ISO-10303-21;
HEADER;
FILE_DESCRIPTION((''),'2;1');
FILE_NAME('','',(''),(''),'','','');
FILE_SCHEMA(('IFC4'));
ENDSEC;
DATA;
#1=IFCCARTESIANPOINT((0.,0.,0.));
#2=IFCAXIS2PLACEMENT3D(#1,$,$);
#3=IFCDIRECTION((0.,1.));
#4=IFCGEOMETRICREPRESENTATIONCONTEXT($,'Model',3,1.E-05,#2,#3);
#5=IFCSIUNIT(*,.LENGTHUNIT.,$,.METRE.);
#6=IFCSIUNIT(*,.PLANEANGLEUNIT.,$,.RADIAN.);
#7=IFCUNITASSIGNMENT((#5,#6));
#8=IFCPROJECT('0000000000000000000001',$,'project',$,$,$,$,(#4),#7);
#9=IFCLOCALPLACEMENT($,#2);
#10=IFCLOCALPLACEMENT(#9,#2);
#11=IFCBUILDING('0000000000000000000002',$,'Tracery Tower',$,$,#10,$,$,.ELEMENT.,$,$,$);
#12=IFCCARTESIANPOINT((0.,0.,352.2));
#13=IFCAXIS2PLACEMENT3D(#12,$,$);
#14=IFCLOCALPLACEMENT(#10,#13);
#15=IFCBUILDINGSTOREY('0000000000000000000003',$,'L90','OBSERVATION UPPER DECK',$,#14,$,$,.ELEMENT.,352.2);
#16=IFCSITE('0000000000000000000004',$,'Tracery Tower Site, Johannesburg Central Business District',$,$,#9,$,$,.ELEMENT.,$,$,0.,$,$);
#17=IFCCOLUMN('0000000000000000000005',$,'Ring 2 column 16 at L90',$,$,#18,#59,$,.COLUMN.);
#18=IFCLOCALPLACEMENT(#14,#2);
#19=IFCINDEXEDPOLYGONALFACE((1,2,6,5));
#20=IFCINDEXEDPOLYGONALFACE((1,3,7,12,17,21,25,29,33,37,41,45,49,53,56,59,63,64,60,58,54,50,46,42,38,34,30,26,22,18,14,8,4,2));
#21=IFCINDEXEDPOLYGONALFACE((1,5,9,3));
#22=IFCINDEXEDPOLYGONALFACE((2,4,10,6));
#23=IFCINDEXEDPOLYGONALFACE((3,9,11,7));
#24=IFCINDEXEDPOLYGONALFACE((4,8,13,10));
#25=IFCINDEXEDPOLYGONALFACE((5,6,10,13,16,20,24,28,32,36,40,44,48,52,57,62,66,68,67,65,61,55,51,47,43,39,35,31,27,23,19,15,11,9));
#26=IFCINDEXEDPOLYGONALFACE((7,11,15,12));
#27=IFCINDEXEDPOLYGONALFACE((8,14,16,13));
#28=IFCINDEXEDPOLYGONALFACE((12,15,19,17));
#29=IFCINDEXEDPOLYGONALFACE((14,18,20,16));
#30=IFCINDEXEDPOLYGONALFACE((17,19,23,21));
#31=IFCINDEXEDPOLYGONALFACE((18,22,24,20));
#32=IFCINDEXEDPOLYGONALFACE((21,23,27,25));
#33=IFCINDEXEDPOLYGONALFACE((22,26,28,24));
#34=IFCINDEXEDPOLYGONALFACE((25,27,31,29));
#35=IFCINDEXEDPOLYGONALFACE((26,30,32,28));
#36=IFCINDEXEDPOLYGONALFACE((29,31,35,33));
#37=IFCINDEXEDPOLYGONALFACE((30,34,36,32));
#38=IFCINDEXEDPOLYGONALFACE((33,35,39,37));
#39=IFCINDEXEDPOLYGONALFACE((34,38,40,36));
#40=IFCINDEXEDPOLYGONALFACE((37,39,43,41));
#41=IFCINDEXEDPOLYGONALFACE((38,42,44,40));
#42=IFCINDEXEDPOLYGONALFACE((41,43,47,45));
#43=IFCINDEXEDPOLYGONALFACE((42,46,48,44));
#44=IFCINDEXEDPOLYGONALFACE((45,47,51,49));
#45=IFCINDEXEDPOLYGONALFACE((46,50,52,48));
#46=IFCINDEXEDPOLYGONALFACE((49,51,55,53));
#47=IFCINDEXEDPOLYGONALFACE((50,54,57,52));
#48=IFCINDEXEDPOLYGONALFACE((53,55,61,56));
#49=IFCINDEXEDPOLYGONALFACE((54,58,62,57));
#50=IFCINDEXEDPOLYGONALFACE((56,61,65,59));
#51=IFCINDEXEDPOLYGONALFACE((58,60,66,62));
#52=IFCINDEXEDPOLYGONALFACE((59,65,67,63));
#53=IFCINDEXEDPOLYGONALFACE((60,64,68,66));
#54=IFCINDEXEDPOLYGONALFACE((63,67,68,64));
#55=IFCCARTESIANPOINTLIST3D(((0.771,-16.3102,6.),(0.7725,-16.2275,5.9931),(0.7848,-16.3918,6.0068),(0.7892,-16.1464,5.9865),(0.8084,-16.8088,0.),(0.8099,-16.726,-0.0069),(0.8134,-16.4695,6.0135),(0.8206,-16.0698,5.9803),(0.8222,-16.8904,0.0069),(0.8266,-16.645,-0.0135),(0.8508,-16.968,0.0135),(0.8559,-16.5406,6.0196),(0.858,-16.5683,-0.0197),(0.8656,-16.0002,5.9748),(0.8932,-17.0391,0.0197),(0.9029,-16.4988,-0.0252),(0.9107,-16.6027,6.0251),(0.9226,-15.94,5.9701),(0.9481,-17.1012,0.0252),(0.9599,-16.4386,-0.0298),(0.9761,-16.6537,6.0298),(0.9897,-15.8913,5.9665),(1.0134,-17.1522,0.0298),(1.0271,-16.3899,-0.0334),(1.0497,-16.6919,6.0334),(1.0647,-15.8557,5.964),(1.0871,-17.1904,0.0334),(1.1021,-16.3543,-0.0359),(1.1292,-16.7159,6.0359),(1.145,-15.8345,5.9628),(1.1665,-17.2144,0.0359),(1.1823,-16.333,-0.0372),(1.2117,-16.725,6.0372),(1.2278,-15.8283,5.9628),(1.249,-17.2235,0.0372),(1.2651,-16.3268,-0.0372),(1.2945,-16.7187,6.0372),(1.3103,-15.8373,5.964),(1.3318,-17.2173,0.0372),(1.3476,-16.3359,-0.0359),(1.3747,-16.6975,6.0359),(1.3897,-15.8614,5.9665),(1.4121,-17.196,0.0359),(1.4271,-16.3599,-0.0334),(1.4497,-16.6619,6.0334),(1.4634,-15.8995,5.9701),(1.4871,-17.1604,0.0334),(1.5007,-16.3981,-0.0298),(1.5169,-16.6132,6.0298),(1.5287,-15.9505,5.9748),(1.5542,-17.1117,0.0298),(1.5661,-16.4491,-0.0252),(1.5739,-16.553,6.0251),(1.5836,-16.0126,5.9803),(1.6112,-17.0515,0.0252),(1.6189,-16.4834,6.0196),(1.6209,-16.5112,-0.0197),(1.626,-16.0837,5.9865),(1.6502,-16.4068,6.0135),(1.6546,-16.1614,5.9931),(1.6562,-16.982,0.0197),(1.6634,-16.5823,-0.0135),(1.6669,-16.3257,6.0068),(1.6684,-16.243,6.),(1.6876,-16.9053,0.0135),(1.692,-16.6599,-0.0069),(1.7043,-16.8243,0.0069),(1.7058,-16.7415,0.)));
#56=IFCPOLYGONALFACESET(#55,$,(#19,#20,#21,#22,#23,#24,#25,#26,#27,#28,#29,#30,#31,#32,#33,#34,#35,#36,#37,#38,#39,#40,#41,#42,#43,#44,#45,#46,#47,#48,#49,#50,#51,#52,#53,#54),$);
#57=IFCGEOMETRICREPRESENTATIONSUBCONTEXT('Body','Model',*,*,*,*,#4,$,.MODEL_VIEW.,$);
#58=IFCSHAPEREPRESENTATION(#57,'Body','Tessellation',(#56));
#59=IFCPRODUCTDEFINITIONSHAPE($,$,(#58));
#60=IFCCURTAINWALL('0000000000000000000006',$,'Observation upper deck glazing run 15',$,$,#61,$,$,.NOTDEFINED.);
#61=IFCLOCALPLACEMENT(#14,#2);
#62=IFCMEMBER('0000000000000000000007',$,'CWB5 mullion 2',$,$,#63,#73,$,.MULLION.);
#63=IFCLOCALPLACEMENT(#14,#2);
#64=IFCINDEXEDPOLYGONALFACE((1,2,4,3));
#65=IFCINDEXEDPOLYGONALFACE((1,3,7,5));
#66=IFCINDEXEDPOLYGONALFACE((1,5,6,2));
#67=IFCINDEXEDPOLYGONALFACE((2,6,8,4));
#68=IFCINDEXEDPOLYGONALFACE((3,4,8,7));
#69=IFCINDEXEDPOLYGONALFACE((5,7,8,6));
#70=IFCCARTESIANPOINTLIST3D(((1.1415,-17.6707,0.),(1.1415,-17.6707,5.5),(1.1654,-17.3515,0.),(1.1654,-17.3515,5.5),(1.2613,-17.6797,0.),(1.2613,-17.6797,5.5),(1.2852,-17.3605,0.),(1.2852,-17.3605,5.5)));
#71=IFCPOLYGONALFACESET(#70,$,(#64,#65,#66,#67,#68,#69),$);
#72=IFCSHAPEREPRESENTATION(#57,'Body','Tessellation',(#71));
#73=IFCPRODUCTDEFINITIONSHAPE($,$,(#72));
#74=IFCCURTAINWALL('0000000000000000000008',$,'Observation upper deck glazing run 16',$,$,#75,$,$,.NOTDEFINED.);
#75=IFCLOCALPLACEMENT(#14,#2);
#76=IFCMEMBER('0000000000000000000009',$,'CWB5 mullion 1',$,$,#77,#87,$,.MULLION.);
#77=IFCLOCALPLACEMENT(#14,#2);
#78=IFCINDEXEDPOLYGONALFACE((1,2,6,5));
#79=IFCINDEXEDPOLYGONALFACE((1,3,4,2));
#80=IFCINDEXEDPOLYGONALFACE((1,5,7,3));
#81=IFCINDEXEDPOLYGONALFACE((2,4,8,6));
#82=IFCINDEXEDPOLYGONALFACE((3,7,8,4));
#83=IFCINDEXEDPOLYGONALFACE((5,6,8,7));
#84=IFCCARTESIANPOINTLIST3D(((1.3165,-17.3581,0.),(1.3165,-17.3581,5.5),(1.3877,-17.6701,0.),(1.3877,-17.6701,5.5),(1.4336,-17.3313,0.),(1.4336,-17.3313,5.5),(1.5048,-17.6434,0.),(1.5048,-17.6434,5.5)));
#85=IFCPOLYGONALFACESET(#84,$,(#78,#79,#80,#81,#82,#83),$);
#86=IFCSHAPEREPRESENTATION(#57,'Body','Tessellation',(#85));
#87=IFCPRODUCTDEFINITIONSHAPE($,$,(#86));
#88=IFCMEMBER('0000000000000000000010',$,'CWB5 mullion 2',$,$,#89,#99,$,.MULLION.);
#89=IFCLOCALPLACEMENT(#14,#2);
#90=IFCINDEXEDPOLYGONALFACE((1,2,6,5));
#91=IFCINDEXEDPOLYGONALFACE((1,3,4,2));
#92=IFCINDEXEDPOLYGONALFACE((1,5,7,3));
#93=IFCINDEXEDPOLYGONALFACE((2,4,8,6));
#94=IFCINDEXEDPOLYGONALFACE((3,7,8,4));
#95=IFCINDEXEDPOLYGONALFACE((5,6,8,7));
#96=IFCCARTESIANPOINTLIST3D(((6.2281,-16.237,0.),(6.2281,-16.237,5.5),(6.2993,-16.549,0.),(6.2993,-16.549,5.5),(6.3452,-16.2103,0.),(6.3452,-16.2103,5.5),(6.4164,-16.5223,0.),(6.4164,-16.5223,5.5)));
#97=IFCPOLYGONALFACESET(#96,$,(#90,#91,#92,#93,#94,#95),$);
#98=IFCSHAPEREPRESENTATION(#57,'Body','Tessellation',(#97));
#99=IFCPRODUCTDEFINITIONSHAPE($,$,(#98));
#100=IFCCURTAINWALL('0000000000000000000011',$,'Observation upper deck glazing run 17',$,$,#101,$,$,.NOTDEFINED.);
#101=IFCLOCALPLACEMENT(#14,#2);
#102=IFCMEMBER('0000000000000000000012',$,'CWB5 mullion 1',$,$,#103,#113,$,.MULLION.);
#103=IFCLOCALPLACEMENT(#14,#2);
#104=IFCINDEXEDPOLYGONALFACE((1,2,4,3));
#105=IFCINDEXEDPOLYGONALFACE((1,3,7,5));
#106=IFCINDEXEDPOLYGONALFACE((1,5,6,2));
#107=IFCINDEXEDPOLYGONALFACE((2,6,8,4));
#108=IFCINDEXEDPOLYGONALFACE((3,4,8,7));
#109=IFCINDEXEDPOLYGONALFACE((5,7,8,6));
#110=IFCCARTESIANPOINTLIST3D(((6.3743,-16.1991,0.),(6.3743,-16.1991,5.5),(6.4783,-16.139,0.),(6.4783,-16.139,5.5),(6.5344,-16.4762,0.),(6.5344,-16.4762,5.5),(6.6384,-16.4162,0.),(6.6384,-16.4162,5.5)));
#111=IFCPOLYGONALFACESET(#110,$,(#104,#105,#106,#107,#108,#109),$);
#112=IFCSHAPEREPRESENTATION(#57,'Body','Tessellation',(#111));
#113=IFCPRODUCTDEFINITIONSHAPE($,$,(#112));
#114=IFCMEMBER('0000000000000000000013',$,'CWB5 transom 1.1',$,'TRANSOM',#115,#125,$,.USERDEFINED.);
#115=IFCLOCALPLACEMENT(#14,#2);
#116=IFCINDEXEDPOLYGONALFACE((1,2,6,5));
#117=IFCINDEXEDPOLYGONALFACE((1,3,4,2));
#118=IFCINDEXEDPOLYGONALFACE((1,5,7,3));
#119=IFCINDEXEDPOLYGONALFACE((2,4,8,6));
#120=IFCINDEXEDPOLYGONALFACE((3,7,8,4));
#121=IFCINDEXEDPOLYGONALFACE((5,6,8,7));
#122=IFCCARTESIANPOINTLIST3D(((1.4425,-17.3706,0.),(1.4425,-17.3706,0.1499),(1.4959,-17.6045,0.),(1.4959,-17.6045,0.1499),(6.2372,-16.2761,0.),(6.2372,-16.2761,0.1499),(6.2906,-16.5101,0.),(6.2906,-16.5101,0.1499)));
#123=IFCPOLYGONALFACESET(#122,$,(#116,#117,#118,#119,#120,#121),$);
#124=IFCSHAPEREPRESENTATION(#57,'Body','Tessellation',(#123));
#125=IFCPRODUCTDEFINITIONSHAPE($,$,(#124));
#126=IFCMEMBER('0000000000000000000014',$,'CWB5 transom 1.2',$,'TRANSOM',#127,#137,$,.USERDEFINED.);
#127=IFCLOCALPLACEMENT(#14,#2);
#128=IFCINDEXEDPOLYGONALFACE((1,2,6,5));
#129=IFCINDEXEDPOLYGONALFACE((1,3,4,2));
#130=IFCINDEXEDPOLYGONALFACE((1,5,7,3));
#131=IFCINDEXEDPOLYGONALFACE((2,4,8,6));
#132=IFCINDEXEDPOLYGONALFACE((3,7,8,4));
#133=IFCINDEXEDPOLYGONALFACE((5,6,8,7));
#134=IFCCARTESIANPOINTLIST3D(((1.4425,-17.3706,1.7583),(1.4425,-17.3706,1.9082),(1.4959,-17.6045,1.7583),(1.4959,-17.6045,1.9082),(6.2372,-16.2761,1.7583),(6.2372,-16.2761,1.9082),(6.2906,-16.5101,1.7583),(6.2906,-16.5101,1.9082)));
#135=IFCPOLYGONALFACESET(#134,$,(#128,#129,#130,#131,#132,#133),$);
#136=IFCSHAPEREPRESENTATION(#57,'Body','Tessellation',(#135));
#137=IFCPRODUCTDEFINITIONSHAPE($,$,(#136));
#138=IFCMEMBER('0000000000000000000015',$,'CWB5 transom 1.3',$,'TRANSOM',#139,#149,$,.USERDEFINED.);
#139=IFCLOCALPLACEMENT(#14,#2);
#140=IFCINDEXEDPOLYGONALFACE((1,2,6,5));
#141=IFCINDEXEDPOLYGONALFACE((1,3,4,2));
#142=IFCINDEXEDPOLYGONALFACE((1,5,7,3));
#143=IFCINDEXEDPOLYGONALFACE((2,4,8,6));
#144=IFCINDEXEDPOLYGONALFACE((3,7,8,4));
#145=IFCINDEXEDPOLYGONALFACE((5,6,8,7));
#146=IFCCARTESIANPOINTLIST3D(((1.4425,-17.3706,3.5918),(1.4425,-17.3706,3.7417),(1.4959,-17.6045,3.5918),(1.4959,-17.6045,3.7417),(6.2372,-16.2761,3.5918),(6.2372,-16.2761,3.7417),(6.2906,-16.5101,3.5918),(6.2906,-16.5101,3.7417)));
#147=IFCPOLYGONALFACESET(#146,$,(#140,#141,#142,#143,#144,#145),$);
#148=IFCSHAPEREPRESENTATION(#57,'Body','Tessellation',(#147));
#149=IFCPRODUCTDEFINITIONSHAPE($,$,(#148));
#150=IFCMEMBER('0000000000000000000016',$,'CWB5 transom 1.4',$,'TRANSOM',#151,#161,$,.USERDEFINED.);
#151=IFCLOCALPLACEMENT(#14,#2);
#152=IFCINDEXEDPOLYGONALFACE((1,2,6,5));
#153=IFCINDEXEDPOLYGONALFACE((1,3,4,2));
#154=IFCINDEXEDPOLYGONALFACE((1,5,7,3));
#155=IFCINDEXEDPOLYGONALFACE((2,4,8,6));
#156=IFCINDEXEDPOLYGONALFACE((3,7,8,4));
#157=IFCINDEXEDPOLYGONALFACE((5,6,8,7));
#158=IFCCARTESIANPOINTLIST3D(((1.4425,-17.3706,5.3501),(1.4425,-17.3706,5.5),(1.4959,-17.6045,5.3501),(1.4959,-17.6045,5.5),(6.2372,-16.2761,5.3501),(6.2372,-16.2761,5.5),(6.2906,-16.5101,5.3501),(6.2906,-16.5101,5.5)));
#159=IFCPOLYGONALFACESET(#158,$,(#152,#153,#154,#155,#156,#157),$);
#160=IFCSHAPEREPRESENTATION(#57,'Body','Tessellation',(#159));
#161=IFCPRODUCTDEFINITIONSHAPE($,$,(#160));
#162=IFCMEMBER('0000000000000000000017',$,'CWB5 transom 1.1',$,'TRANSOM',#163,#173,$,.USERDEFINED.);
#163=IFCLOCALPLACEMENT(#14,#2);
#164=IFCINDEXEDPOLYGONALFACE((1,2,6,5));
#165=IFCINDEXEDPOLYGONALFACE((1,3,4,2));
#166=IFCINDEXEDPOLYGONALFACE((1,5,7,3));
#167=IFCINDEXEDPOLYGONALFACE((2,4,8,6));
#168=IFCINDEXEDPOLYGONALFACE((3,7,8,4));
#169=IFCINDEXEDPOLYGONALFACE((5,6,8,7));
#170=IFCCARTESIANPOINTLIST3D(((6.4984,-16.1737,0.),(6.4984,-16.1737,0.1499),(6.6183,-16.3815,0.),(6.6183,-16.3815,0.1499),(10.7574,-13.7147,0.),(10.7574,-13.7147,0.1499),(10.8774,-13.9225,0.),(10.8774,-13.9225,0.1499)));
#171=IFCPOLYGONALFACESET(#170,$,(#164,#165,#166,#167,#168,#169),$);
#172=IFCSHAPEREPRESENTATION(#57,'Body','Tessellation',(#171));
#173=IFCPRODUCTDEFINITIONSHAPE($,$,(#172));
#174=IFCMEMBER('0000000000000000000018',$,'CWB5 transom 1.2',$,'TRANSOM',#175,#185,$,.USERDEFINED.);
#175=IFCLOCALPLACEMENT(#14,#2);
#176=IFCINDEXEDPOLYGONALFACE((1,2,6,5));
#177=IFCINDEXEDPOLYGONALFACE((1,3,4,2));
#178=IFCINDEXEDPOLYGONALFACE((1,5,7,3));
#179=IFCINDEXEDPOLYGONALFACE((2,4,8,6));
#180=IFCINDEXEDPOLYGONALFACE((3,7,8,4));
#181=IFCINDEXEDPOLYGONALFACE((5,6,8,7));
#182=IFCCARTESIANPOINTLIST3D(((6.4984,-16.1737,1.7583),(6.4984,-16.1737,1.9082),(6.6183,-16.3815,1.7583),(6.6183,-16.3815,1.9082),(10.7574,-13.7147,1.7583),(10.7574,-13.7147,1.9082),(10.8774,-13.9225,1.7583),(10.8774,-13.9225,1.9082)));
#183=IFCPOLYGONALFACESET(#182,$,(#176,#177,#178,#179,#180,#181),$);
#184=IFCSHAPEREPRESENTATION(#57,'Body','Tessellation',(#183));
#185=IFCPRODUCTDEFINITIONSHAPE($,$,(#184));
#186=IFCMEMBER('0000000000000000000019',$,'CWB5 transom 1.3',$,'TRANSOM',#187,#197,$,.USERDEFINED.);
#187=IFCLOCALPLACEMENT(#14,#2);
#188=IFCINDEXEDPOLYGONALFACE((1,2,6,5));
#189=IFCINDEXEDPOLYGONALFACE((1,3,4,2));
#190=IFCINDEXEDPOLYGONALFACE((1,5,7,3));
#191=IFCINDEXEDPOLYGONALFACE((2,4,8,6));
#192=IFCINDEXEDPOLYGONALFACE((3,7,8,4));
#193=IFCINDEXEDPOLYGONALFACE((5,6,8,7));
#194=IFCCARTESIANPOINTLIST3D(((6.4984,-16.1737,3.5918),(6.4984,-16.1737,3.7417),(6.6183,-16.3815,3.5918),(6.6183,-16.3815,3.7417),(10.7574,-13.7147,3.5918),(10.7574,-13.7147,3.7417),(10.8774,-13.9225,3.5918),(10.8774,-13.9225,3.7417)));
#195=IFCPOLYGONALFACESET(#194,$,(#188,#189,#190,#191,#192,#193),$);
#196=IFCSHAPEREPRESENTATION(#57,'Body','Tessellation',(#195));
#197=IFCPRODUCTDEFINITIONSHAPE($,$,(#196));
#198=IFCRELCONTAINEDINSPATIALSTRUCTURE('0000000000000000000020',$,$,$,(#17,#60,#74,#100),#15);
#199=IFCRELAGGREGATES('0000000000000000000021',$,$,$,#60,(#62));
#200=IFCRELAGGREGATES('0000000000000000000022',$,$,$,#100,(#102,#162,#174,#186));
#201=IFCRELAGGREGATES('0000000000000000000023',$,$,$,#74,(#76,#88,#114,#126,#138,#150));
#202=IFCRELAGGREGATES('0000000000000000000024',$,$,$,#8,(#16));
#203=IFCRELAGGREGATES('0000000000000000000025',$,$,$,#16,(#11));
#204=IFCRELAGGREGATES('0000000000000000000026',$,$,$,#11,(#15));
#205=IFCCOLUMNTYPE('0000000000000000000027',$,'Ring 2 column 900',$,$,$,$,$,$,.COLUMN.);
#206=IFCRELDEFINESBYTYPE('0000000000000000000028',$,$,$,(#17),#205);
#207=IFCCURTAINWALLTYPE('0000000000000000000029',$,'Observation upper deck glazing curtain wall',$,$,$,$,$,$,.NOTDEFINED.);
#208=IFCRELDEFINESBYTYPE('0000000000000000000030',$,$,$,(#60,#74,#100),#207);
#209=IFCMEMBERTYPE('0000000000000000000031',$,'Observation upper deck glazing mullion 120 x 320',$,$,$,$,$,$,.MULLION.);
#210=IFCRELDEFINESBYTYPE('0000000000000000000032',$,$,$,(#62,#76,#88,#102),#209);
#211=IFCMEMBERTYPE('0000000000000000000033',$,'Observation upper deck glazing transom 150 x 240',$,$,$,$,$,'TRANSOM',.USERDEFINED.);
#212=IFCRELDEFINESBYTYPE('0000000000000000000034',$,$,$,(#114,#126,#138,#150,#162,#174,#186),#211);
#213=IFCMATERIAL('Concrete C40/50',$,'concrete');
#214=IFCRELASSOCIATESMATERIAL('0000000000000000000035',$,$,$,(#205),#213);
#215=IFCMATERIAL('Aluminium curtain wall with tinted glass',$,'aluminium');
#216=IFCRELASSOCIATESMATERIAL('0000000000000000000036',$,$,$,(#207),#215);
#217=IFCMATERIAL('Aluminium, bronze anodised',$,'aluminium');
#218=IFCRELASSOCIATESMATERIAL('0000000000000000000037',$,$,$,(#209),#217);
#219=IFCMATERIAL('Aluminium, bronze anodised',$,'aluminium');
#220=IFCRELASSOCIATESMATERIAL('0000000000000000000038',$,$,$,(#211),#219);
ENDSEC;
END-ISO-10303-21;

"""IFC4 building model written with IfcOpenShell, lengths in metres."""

from ifc_helpers import new_model, si_unit, direction, frame, origin, origin_2d, place, context, subcontext, project, spatial, rectangle, circle, extrude, material, material_profile, profile_set, type_object, element, aggregate, save


model = new_model("IFC4")

# Units and contexts
model_context = context("Model", 3, precision=1e-05, world=origin(), true_north=direction((0.0, 1.0)))
body_context = subcontext(model_context, "Body", "Model", "MODEL_VIEW")
ifc_project = project(units=[si_unit("LENGTHUNIT", "METRE"), si_unit("PLANEANGLEUNIT", "RADIAN")], contexts=[model_context])

# Site, building, storey
site_placement = place(None, origin())
site = spatial("IfcSite", under=ifc_project, at=site_placement, Name="Tracery Tower Site, Johannesburg Central Business District", CompositionType="ELEMENT", RefElevation=0.0)
building_placement = place(site_placement, origin())
building = spatial("IfcBuilding", under=site, at=building_placement, Name="Tracery Tower", CompositionType="ELEMENT")
storey_placement = place(building_placement, frame((0.0, 0.0, 352.2)))
storey = spatial("IfcBuildingStorey", under=building, at=storey_placement, Name="L90", Description="OBSERVATION UPPER DECK", CompositionType="ELEMENT", Elevation=352.2)

# Column
ifc_material_1 = material(Name="Concrete C40/50", Category="concrete")
ifc_material_profile_1 = material_profile(ifc_material_1, circle(Radius=0.45, at=origin_2d()), Name="RC D900")
ifc_profile_set_1 = profile_set([ifc_material_profile_1], Name="Concrete C40/50")
column_type = type_object("IfcColumnType", Name="Ring 2 column 900", PredefinedType="COLUMN", material=ifc_profile_set_1)
column_placement = place(storey_placement, frame((1.2571, -16.7751, 0.0), z_axis=(-0.006204, 0.082802, 0.996547), x_axis=(-0.997205, -0.074717, 0.0)))
element("IfcColumn", 1, at=column_placement, inside=storey, type_object=column_type, Name="Ring 2 column 16 at L90", PredefinedType="COLUMN", context=body_context, shape_type="SweptSolid", body=[
    extrude(circle(Radius=0.45, at=origin_2d()), origin(), (0.0, 0.0, 1.0), 6.0208),
])

# Curtain wall, member
ifc_material_2 = material(Name="Aluminium curtain wall with tinted glass", Category="aluminium")
curtain_wall_type = type_object("IfcCurtainWallType", Name="Observation upper deck glazing curtain wall", PredefinedType="NOTDEFINED", material=ifc_material_2)
curtain_wall_1_placement = place(storey_placement, origin())
curtain_wall_1 = element("IfcCurtainWall", 2, at=curtain_wall_1_placement, inside=storey, type_object=curtain_wall_type, Name="Observation upper deck glazing run 15", PredefinedType="NOTDEFINED")
ifc_material_3 = material(Name="Aluminium, bronze anodised", Category="aluminium")
ifc_material_profile_2 = material_profile(ifc_material_3, rectangle(XDim=0.3201, YDim=0.1201, at=origin_2d()), Name="Observation upper deck glazing mullion 120 x 320")
ifc_profile_set_2 = profile_set([ifc_material_profile_2], Name="Aluminium, bronze anodised")
member_type_1 = type_object("IfcMemberType", Name="Observation upper deck glazing mullion 120 x 320", PredefinedType="MULLION", material=ifc_profile_set_2)
member_1_placement = place(storey_placement, frame((1.2134, -17.5156, 0.0), z_axis=(0.0, 0.0, 1.0), x_axis=(0.074738, 0.997203, 0.0)))
member_1 = element("IfcMember", 3, at=member_1_placement, type_object=member_type_1, Name="CWB5 mullion 2", PredefinedType="MULLION", context=body_context, shape_type="SweptSolid", body=[
    extrude(rectangle(XDim=0.3201, YDim=0.1201, at=origin_2d()), origin(), (0.0, 0.0, 1.0), 5.5),
])
aggregate(curtain_wall_1, [member_1])

# Curtain wall, members
curtain_wall_2_placement = place(storey_placement, origin())
curtain_wall_2 = element("IfcCurtainWall", 4, at=curtain_wall_2_placement, inside=storey, type_object=curtain_wall_type, Name="Observation upper deck glazing run 16", PredefinedType="NOTDEFINED")
member_2_placement = place(storey_placement, frame((1.4106, -17.5007, 0.0), z_axis=(0.0, 0.0, 1.0), x_axis=(-0.222531, 0.974926, 0.0)))
member_2 = element("IfcMember", 5, at=member_2_placement, type_object=member_type_1, Name="CWB5 mullion 1", PredefinedType="MULLION", context=body_context, shape_type="SweptSolid", body=[
    extrude(rectangle(XDim=0.3201, YDim=0.1201, at=origin_2d()), origin(), (0.0, 0.0, 1.0), 5.5),
])
member_3_placement = place(storey_placement, frame((6.3223, -16.3796, 0.0), z_axis=(0.0, 0.0, 1.0), x_axis=(-0.222531, 0.974926, 0.0)))
member_3 = element("IfcMember", 6, at=member_3_placement, type_object=member_type_1, Name="CWB5 mullion 2", PredefinedType="MULLION", context=body_context, shape_type="SweptSolid", body=[
    extrude(rectangle(XDim=0.3201, YDim=0.1201, at=origin_2d()), origin(), (0.0, 0.0, 1.0), 5.5),
])

# Curtain wall, member
curtain_wall_3_placement = place(storey_placement, origin())
curtain_wall_3 = element("IfcCurtainWall", 7, at=curtain_wall_3_placement, inside=storey, type_object=curtain_wall_type, Name="Observation upper deck glazing run 17", PredefinedType="NOTDEFINED")
member_4_placement = place(storey_placement, frame((6.5063, -16.3076, 0.0), z_axis=(0.0, 0.0, 1.0), x_axis=(-0.500005, 0.866023, 0.0)))
member_4 = element("IfcMember", 8, at=member_4_placement, type_object=member_type_1, Name="CWB5 mullion 1", PredefinedType="MULLION", context=body_context, shape_type="SweptSolid", body=[
    extrude(rectangle(XDim=0.3201, YDim=0.1201, at=origin_2d()), origin(), (0.0, 0.0, 1.0), 5.5),
])

# Members
ifc_material_4 = material(Name="Aluminium, bronze anodised", Category="aluminium")
ifc_material_profile_3 = material_profile(ifc_material_4, rectangle(XDim=0.24, YDim=0.1499, at=origin_2d()), Name="Observation upper deck glazing transom 150 x 240")
ifc_profile_set_3 = profile_set([ifc_material_profile_3], Name="Aluminium, bronze anodised")
member_type_2 = type_object("IfcMemberType", Name="Observation upper deck glazing transom 150 x 240", ElementType="TRANSOM", PredefinedType="USERDEFINED", material=ifc_profile_set_3)
member_5_placement = place(storey_placement, frame((1.4692, -17.4875, 0.075), z_axis=(0.974922, 0.222546, 0.0), x_axis=(-0.222546, 0.974922, 0.0)))
member_5 = element("IfcMember", 9, at=member_5_placement, type_object=member_type_2, Name="CWB5 transom 1.1", ObjectType="TRANSOM", PredefinedType="USERDEFINED", context=body_context, shape_type="SweptSolid", body=[
    extrude(rectangle(XDim=0.24, YDim=0.1499, at=origin_2d()), origin(), (0.0, 0.0, 1.0), 4.918),
])
member_6_placement = place(storey_placement, frame((1.4692, -17.4875, 1.8333), z_axis=(0.974922, 0.222546, 0.0), x_axis=(-0.222546, 0.974922, 0.0)))
member_6 = element("IfcMember", 10, at=member_6_placement, type_object=member_type_2, Name="CWB5 transom 1.2", ObjectType="TRANSOM", PredefinedType="USERDEFINED", context=body_context, shape_type="SweptSolid", body=[
    extrude(rectangle(XDim=0.24, YDim=0.1499, at=origin_2d()), origin(), (0.0, 0.0, 1.0), 4.918),
])
member_7_placement = place(storey_placement, frame((1.4692, -17.4875, 3.6667), z_axis=(0.974922, 0.222546, 0.0), x_axis=(-0.222546, 0.974922, 0.0)))
member_7 = element("IfcMember", 11, at=member_7_placement, type_object=member_type_2, Name="CWB5 transom 1.3", ObjectType="TRANSOM", PredefinedType="USERDEFINED", context=body_context, shape_type="SweptSolid", body=[
    extrude(rectangle(XDim=0.24, YDim=0.1499, at=origin_2d()), origin(), (0.0, 0.0, 1.0), 4.918),
])
member_8_placement = place(storey_placement, frame((1.4692, -17.4875, 5.425), z_axis=(0.974922, 0.222546, 0.0), x_axis=(-0.222546, 0.974922, 0.0)))
member_8 = element("IfcMember", 12, at=member_8_placement, type_object=member_type_2, Name="CWB5 transom 1.4", ObjectType="TRANSOM", PredefinedType="USERDEFINED", context=body_context, shape_type="SweptSolid", body=[
    extrude(rectangle(XDim=0.24, YDim=0.1499, at=origin_2d()), origin(), (0.0, 0.0, 1.0), 4.918),
])
member_9_placement = place(storey_placement, frame((6.5583, -16.2776, 0.075), z_axis=(0.866023, 0.500005, 0.0), x_axis=(-0.500005, 0.866023, 0.0)))
member_9 = element("IfcMember", 13, at=member_9_placement, type_object=member_type_2, Name="CWB5 transom 1.1", ObjectType="TRANSOM", PredefinedType="USERDEFINED", context=body_context, shape_type="SweptSolid", body=[
    extrude(rectangle(XDim=0.24, YDim=0.1499, at=origin_2d()), origin(), (0.0, 0.0, 1.0), 4.918),
])
member_10_placement = place(storey_placement, frame((6.5583, -16.2776, 1.8333), z_axis=(0.866023, 0.500005, 0.0), x_axis=(-0.500005, 0.866023, 0.0)))
member_10 = element("IfcMember", 14, at=member_10_placement, type_object=member_type_2, Name="CWB5 transom 1.2", ObjectType="TRANSOM", PredefinedType="USERDEFINED", context=body_context, shape_type="SweptSolid", body=[
    extrude(rectangle(XDim=0.24, YDim=0.1499, at=origin_2d()), origin(), (0.0, 0.0, 1.0), 4.918),
])
member_11_placement = place(storey_placement, frame((6.5583, -16.2776, 3.6667), z_axis=(0.866023, 0.500005, 0.0), x_axis=(-0.500005, 0.866023, 0.0)))
member_11 = element("IfcMember", 15, at=member_11_placement, type_object=member_type_2, Name="CWB5 transom 1.3", ObjectType="TRANSOM", PredefinedType="USERDEFINED", context=body_context, shape_type="SweptSolid", body=[
    extrude(rectangle(XDim=0.24, YDim=0.1499, at=origin_2d()), origin(), (0.0, 0.0, 1.0), 4.918),
])
aggregate(curtain_wall_3, [member_4, member_9, member_10, member_11])

aggregate(curtain_wall_2, [member_2, member_3, member_5, member_6, member_7, member_8])

save(model, "model.ifc")
